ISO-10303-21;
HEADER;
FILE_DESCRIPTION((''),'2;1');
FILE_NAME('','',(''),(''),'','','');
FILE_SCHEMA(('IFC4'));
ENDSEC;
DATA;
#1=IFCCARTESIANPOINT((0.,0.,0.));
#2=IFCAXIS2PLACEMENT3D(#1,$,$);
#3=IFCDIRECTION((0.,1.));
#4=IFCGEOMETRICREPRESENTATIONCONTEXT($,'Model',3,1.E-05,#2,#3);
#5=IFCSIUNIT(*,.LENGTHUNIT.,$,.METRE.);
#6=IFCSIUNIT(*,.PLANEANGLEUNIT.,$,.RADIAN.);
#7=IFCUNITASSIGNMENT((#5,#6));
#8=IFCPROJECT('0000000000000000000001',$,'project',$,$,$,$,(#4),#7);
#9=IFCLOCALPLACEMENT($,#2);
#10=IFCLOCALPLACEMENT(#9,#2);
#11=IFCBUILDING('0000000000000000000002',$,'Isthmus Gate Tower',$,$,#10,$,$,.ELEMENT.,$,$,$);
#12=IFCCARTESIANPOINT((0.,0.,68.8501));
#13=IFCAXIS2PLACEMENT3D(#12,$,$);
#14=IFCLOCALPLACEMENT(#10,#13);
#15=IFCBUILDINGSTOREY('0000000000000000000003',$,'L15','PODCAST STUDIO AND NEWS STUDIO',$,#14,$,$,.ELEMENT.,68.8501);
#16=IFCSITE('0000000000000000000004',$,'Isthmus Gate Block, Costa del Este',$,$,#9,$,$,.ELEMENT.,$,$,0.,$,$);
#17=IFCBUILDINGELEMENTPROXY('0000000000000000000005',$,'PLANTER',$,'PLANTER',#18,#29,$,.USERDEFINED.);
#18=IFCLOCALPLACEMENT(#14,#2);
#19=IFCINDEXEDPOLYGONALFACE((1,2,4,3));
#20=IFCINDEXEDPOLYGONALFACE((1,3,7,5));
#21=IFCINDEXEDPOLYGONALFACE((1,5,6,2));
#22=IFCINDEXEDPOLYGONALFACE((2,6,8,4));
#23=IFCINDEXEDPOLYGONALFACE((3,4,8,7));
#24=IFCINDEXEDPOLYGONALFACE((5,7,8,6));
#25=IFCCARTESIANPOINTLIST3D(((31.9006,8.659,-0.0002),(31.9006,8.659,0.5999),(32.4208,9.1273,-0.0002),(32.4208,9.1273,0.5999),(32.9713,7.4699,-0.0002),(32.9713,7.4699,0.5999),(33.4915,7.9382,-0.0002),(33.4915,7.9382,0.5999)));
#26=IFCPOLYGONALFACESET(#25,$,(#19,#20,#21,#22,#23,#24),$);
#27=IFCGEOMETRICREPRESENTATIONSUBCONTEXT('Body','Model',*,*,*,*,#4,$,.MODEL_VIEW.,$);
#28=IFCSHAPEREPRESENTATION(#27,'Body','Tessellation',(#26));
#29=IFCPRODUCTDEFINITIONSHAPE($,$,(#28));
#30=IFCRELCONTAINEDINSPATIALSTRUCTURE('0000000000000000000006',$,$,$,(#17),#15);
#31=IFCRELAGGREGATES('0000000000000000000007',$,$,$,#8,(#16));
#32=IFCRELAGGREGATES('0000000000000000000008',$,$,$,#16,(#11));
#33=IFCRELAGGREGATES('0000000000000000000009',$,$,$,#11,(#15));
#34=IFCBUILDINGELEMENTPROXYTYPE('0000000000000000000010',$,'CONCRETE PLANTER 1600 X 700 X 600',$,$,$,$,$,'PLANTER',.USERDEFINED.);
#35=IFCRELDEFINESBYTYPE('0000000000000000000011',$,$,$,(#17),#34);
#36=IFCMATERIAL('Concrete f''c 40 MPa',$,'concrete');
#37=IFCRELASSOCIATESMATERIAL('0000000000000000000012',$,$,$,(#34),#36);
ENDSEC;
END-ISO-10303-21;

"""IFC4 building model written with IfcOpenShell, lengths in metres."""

from ifc_helpers import new_model, si_unit, direction, frame, origin, origin_2d, place, context, subcontext, project, spatial, rectangle, extrude, material, type_object, element, save


model = new_model("IFC4")

# Units and contexts
model_context = context("Model", 3, precision=1e-05, world=origin(), true_north=direction((0.0, 1.0)))
body_context = subcontext(model_context, "Body", "Model", "MODEL_VIEW")
ifc_project = project(units=[si_unit("LENGTHUNIT", "METRE"), si_unit("PLANEANGLEUNIT", "RADIAN")], contexts=[model_context])

# Site, building, storey
site_placement = place(None, origin())
site = spatial("IfcSite", under=ifc_project, at=site_placement, Name="Isthmus Gate Block, Costa del Este", CompositionType="ELEMENT", RefElevation=0.0)
building_placement = place(site_placement, origin())
building = spatial("IfcBuilding", under=site, at=building_placement, Name="Isthmus Gate Tower", CompositionType="ELEMENT")
storey_placement = place(building_placement, frame((0.0, 0.0, 68.8501)))
storey = spatial("IfcBuildingStorey", under=building, at=storey_placement, Name="L15", Description="PODCAST STUDIO AND NEWS STUDIO", CompositionType="ELEMENT", Elevation=68.8501)

# Building element proxy
ifc_material_1 = material(Name="Concrete f'c 40 MPa", Category="concrete")
building_element_proxy_type = type_object("IfcBuildingElementProxyType", Name="CONCRETE PLANTER 1600 X 700 X 600", ElementType="PLANTER", PredefinedType="USERDEFINED", material=ifc_material_1)
for number, where, z_axis, x_axis, name in (
    (1, (32.696, 8.2986, -0.0002), (0.0, 0.0, 1.0), (-0.669131, 0.743145, 0.0), "PLANTER"),
):
    element("IfcBuildingElementProxy", number, at=place(storey_placement, frame(where, z_axis=z_axis, x_axis=x_axis)), inside=storey, type_object=building_element_proxy_type, Name=name, ObjectType="PLANTER", PredefinedType="USERDEFINED", context=body_context, shape_type="SweptSolid", body=[
        extrude(rectangle(XDim=1.6001, YDim=0.7, at=origin_2d()), origin(), (0.0, 0.0, 1.0), 0.6001),
    ])

save(model, "model.ifc")
